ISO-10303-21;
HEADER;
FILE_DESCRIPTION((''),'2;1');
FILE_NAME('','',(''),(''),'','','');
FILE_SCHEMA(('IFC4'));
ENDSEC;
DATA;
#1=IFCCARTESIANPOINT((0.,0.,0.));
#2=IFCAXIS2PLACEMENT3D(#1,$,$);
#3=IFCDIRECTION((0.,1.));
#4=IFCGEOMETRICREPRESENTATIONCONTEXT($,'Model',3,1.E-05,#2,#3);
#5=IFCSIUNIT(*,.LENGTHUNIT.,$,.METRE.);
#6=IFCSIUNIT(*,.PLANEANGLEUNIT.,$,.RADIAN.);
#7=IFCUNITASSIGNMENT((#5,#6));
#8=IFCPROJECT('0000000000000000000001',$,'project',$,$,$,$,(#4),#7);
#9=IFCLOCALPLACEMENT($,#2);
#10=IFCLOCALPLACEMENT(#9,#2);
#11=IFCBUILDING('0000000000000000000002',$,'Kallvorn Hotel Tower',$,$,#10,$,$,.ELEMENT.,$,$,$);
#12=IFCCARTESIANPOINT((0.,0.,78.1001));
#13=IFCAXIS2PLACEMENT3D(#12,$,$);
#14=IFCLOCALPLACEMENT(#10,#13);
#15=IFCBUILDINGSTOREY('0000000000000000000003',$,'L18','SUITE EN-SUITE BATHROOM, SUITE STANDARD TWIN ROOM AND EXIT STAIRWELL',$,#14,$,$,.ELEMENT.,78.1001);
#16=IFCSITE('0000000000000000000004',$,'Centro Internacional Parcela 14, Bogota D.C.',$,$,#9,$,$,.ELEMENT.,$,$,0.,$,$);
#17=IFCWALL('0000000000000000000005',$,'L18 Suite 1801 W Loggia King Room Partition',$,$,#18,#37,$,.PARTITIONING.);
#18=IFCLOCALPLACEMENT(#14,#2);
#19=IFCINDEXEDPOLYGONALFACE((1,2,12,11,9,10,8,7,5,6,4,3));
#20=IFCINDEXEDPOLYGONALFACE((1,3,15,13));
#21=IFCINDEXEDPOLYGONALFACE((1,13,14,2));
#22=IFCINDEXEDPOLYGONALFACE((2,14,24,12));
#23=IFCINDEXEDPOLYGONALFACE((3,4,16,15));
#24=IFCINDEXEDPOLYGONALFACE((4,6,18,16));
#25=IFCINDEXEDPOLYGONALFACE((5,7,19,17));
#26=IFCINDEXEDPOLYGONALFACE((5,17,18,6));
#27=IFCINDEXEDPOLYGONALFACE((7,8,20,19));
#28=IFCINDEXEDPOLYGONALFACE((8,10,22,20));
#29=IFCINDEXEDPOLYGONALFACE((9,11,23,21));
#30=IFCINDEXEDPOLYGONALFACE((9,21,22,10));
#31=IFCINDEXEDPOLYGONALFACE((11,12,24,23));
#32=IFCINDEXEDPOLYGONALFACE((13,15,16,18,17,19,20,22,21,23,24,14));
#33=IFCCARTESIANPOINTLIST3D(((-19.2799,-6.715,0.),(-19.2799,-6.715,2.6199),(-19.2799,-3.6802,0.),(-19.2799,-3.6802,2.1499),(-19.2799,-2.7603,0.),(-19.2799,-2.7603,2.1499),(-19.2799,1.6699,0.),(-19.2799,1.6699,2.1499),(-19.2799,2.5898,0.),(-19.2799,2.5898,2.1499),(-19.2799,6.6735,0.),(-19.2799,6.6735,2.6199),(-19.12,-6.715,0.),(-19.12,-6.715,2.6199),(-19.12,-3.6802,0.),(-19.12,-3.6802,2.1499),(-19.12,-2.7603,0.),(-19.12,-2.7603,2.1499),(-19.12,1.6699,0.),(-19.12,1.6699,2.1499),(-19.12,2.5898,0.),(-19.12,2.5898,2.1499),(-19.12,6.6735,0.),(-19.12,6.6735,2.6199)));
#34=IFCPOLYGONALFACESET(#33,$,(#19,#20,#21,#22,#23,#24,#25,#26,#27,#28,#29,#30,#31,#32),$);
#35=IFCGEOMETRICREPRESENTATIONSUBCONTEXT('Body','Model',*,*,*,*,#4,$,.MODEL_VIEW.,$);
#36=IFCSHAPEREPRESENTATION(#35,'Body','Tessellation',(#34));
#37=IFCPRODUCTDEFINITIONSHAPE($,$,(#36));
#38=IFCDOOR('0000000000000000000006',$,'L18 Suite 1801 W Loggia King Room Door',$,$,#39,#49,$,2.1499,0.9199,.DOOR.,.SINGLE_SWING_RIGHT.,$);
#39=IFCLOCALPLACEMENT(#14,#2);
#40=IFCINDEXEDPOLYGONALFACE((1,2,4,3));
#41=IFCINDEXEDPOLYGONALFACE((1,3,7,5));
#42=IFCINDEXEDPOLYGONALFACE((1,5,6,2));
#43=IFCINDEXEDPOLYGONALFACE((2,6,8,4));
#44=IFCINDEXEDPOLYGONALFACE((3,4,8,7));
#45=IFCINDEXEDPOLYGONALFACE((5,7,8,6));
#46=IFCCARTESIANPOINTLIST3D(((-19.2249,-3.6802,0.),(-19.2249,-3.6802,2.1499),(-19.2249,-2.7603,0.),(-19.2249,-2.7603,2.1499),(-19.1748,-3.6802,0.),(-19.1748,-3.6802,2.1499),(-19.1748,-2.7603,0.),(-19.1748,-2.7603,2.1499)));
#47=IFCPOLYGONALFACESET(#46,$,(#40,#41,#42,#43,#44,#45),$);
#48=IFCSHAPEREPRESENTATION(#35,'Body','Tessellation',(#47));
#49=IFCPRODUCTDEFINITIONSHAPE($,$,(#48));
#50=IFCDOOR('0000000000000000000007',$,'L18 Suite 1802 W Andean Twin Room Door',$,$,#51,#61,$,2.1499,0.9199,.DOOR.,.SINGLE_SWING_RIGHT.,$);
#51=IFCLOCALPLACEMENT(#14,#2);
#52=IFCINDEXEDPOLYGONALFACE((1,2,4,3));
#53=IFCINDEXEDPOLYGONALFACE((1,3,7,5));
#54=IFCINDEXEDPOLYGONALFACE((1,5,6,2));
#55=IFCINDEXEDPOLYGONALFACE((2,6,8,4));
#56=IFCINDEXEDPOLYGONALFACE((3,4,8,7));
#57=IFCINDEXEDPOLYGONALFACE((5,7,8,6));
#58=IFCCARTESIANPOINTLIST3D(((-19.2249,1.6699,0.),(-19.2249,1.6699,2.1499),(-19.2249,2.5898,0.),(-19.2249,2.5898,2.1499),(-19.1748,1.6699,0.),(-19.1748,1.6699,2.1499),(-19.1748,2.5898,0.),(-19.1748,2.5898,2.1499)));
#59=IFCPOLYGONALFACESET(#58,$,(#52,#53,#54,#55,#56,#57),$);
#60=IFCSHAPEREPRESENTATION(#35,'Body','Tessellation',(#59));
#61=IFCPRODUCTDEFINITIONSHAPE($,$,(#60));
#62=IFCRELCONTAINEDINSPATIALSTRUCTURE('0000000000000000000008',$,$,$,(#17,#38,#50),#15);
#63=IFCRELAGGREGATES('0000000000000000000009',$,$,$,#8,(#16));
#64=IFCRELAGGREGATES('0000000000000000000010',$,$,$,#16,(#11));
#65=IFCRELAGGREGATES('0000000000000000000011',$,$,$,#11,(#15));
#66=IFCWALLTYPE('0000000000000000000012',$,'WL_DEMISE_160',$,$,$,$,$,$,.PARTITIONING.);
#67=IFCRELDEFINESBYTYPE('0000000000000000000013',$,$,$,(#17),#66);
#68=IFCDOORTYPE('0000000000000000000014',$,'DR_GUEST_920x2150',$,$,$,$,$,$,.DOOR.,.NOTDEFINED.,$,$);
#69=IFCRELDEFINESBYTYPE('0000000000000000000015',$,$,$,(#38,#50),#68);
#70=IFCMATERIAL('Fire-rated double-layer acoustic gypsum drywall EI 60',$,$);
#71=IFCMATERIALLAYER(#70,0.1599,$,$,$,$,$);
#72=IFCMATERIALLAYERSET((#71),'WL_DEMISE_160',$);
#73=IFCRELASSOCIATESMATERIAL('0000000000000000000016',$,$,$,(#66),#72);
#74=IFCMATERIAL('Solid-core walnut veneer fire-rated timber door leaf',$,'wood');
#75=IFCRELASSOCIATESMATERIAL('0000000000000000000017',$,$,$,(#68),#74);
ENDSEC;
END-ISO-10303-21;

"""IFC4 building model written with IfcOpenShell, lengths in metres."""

from ifc_helpers import new_model, si_unit, direction, frame, frame_2d, origin, place, context, subcontext, project, spatial, rectangle, extrude, material, layer, layer_set, type_object, element, fill, save


model = new_model("IFC4")

# Units and contexts
model_context = context("Model", 3, precision=1e-05, world=origin(), true_north=direction((0.0, 1.0)))
body_context = subcontext(model_context, "Body", "Model", "MODEL_VIEW")
ifc_project = project(units=[si_unit("LENGTHUNIT", "METRE"), si_unit("PLANEANGLEUNIT", "RADIAN")], contexts=[model_context])

# Site, building, storey
site_placement = place(None, origin())
site = spatial("IfcSite", under=ifc_project, at=site_placement, Name="Centro Internacional Parcela 14, Bogota D.C.", CompositionType="ELEMENT", RefElevation=0.0)
building_placement = place(site_placement, origin())
building = spatial("IfcBuilding", under=site, at=building_placement, Name="Kallvorn Hotel Tower", CompositionType="ELEMENT")
storey_placement = place(building_placement, frame((0.0, 0.0, 78.1001)))
storey = spatial("IfcBuildingStorey", under=building, at=storey_placement, Name="L18", Description="SUITE EN-SUITE BATHROOM, SUITE STANDARD TWIN ROOM AND EXIT STAIRWELL", CompositionType="ELEMENT", Elevation=78.1001)

# Shared definitions
ifc_material_1 = material(Name="Fire-rated double-layer acoustic gypsum drywall EI 60")
ifc_layer = layer(ifc_material_1, 0.1599)
ifc_layer_set = layer_set([ifc_layer], Name="WL_DEMISE_160")
wall_type = type_object("IfcWallType", Name="WL_DEMISE_160", PredefinedType="PARTITIONING", material=ifc_layer_set)

# Wall, openings, doors
wall_1_placement = place(storey_placement, frame((-19.2, -6.7151, 0.0), z_axis=(0.0, 0.0, 1.0), x_axis=(0.0, 1.0, 0.0)))
wall_1 = element("IfcWall", 1, at=wall_1_placement, inside=storey, type_object=wall_type, Name="L18 Suite 1801 W Loggia King Room Partition", PredefinedType="PARTITIONING", context=body_context, shape_type="SweptSolid", body=[
    extrude(rectangle(XDim=13.3884, YDim=0.1599, at=frame_2d((6.6943, 0.0))), origin(), (0.0, 0.0, 1.0), 2.6199),
])
opening_1_placement = place(wall_1_placement, frame((3.0349, 0.0, 0.0)))
opening_1 = element("IfcOpeningElement", 2, at=opening_1_placement, cuts=wall_1, PredefinedType="OPENING", context=body_context, shape_type="SweptSolid", body=[
    extrude(rectangle(XDim=0.9199, YDim=2.1499, at=frame_2d((0.46, 1.075))), frame((0.0, 0.095, 0.0), z_axis=(0.0, -1.0, 0.0), x_axis=(1.0, 0.0, 0.0)), (0.0, 0.0, 1.0), 0.1899),
])
opening_2_placement = place(wall_1_placement, frame((8.385, 0.0, 0.0)))
opening_2 = element("IfcOpeningElement", 3, at=opening_2_placement, cuts=wall_1, PredefinedType="OPENING", context=body_context, shape_type="SweptSolid", body=[
    extrude(rectangle(XDim=0.9199, YDim=2.1499, at=frame_2d((0.46, 1.075))), frame((0.0, 0.095, 0.0), z_axis=(0.0, -1.0, 0.0), x_axis=(1.0, 0.0, 0.0)), (0.0, 0.0, 1.0), 0.1899),
])
ifc_material_2 = material(Name="Solid-core walnut veneer fire-rated timber door leaf", Category="wood")
door_type_1 = type_object("IfcDoorType", Name="DR_GUEST_920x2150", OperationType="NOTDEFINED", PredefinedType="DOOR", material=ifc_material_2)
door_1_placement = place(opening_1_placement, origin())
door_1 = element("IfcDoor", 4, at=door_1_placement, inside=storey, type_object=door_type_1, Name="L18 Suite 1801 W Loggia King Room Door", OperationType="SINGLE_SWING_RIGHT", OverallHeight=2.1499, OverallWidth=0.9199, PredefinedType="DOOR", context=body_context, shape_type="SweptSolid", body=[
    extrude(rectangle(XDim=0.9199, YDim=2.1499, at=frame_2d((0.46, 1.075))), frame((0.0, 0.0249, 0.0), z_axis=(0.0, -1.0, 0.0), x_axis=(1.0, 0.0, 0.0)), (0.0, 0.0, 1.0), 0.05),
])
fill(opening_1, door_1)
door_2_placement = place(opening_2_placement, origin())
door_2 = element("IfcDoor", 5, at=door_2_placement, inside=storey, type_object=door_type_1, Name="L18 Suite 1802 W Andean Twin Room Door", OperationType="SINGLE_SWING_RIGHT", OverallHeight=2.1499, OverallWidth=0.9199, PredefinedType="DOOR", context=body_context, shape_type="SweptSolid", body=[
    extrude(rectangle(XDim=0.9199, YDim=2.1499, at=frame_2d((0.46, 1.075))), frame((0.0, 0.0249, 0.0), z_axis=(0.0, -1.0, 0.0), x_axis=(1.0, 0.0, 0.0)), (0.0, 0.0, 1.0), 0.05),
])
fill(opening_2, door_2)

save(model, "model.ifc")
